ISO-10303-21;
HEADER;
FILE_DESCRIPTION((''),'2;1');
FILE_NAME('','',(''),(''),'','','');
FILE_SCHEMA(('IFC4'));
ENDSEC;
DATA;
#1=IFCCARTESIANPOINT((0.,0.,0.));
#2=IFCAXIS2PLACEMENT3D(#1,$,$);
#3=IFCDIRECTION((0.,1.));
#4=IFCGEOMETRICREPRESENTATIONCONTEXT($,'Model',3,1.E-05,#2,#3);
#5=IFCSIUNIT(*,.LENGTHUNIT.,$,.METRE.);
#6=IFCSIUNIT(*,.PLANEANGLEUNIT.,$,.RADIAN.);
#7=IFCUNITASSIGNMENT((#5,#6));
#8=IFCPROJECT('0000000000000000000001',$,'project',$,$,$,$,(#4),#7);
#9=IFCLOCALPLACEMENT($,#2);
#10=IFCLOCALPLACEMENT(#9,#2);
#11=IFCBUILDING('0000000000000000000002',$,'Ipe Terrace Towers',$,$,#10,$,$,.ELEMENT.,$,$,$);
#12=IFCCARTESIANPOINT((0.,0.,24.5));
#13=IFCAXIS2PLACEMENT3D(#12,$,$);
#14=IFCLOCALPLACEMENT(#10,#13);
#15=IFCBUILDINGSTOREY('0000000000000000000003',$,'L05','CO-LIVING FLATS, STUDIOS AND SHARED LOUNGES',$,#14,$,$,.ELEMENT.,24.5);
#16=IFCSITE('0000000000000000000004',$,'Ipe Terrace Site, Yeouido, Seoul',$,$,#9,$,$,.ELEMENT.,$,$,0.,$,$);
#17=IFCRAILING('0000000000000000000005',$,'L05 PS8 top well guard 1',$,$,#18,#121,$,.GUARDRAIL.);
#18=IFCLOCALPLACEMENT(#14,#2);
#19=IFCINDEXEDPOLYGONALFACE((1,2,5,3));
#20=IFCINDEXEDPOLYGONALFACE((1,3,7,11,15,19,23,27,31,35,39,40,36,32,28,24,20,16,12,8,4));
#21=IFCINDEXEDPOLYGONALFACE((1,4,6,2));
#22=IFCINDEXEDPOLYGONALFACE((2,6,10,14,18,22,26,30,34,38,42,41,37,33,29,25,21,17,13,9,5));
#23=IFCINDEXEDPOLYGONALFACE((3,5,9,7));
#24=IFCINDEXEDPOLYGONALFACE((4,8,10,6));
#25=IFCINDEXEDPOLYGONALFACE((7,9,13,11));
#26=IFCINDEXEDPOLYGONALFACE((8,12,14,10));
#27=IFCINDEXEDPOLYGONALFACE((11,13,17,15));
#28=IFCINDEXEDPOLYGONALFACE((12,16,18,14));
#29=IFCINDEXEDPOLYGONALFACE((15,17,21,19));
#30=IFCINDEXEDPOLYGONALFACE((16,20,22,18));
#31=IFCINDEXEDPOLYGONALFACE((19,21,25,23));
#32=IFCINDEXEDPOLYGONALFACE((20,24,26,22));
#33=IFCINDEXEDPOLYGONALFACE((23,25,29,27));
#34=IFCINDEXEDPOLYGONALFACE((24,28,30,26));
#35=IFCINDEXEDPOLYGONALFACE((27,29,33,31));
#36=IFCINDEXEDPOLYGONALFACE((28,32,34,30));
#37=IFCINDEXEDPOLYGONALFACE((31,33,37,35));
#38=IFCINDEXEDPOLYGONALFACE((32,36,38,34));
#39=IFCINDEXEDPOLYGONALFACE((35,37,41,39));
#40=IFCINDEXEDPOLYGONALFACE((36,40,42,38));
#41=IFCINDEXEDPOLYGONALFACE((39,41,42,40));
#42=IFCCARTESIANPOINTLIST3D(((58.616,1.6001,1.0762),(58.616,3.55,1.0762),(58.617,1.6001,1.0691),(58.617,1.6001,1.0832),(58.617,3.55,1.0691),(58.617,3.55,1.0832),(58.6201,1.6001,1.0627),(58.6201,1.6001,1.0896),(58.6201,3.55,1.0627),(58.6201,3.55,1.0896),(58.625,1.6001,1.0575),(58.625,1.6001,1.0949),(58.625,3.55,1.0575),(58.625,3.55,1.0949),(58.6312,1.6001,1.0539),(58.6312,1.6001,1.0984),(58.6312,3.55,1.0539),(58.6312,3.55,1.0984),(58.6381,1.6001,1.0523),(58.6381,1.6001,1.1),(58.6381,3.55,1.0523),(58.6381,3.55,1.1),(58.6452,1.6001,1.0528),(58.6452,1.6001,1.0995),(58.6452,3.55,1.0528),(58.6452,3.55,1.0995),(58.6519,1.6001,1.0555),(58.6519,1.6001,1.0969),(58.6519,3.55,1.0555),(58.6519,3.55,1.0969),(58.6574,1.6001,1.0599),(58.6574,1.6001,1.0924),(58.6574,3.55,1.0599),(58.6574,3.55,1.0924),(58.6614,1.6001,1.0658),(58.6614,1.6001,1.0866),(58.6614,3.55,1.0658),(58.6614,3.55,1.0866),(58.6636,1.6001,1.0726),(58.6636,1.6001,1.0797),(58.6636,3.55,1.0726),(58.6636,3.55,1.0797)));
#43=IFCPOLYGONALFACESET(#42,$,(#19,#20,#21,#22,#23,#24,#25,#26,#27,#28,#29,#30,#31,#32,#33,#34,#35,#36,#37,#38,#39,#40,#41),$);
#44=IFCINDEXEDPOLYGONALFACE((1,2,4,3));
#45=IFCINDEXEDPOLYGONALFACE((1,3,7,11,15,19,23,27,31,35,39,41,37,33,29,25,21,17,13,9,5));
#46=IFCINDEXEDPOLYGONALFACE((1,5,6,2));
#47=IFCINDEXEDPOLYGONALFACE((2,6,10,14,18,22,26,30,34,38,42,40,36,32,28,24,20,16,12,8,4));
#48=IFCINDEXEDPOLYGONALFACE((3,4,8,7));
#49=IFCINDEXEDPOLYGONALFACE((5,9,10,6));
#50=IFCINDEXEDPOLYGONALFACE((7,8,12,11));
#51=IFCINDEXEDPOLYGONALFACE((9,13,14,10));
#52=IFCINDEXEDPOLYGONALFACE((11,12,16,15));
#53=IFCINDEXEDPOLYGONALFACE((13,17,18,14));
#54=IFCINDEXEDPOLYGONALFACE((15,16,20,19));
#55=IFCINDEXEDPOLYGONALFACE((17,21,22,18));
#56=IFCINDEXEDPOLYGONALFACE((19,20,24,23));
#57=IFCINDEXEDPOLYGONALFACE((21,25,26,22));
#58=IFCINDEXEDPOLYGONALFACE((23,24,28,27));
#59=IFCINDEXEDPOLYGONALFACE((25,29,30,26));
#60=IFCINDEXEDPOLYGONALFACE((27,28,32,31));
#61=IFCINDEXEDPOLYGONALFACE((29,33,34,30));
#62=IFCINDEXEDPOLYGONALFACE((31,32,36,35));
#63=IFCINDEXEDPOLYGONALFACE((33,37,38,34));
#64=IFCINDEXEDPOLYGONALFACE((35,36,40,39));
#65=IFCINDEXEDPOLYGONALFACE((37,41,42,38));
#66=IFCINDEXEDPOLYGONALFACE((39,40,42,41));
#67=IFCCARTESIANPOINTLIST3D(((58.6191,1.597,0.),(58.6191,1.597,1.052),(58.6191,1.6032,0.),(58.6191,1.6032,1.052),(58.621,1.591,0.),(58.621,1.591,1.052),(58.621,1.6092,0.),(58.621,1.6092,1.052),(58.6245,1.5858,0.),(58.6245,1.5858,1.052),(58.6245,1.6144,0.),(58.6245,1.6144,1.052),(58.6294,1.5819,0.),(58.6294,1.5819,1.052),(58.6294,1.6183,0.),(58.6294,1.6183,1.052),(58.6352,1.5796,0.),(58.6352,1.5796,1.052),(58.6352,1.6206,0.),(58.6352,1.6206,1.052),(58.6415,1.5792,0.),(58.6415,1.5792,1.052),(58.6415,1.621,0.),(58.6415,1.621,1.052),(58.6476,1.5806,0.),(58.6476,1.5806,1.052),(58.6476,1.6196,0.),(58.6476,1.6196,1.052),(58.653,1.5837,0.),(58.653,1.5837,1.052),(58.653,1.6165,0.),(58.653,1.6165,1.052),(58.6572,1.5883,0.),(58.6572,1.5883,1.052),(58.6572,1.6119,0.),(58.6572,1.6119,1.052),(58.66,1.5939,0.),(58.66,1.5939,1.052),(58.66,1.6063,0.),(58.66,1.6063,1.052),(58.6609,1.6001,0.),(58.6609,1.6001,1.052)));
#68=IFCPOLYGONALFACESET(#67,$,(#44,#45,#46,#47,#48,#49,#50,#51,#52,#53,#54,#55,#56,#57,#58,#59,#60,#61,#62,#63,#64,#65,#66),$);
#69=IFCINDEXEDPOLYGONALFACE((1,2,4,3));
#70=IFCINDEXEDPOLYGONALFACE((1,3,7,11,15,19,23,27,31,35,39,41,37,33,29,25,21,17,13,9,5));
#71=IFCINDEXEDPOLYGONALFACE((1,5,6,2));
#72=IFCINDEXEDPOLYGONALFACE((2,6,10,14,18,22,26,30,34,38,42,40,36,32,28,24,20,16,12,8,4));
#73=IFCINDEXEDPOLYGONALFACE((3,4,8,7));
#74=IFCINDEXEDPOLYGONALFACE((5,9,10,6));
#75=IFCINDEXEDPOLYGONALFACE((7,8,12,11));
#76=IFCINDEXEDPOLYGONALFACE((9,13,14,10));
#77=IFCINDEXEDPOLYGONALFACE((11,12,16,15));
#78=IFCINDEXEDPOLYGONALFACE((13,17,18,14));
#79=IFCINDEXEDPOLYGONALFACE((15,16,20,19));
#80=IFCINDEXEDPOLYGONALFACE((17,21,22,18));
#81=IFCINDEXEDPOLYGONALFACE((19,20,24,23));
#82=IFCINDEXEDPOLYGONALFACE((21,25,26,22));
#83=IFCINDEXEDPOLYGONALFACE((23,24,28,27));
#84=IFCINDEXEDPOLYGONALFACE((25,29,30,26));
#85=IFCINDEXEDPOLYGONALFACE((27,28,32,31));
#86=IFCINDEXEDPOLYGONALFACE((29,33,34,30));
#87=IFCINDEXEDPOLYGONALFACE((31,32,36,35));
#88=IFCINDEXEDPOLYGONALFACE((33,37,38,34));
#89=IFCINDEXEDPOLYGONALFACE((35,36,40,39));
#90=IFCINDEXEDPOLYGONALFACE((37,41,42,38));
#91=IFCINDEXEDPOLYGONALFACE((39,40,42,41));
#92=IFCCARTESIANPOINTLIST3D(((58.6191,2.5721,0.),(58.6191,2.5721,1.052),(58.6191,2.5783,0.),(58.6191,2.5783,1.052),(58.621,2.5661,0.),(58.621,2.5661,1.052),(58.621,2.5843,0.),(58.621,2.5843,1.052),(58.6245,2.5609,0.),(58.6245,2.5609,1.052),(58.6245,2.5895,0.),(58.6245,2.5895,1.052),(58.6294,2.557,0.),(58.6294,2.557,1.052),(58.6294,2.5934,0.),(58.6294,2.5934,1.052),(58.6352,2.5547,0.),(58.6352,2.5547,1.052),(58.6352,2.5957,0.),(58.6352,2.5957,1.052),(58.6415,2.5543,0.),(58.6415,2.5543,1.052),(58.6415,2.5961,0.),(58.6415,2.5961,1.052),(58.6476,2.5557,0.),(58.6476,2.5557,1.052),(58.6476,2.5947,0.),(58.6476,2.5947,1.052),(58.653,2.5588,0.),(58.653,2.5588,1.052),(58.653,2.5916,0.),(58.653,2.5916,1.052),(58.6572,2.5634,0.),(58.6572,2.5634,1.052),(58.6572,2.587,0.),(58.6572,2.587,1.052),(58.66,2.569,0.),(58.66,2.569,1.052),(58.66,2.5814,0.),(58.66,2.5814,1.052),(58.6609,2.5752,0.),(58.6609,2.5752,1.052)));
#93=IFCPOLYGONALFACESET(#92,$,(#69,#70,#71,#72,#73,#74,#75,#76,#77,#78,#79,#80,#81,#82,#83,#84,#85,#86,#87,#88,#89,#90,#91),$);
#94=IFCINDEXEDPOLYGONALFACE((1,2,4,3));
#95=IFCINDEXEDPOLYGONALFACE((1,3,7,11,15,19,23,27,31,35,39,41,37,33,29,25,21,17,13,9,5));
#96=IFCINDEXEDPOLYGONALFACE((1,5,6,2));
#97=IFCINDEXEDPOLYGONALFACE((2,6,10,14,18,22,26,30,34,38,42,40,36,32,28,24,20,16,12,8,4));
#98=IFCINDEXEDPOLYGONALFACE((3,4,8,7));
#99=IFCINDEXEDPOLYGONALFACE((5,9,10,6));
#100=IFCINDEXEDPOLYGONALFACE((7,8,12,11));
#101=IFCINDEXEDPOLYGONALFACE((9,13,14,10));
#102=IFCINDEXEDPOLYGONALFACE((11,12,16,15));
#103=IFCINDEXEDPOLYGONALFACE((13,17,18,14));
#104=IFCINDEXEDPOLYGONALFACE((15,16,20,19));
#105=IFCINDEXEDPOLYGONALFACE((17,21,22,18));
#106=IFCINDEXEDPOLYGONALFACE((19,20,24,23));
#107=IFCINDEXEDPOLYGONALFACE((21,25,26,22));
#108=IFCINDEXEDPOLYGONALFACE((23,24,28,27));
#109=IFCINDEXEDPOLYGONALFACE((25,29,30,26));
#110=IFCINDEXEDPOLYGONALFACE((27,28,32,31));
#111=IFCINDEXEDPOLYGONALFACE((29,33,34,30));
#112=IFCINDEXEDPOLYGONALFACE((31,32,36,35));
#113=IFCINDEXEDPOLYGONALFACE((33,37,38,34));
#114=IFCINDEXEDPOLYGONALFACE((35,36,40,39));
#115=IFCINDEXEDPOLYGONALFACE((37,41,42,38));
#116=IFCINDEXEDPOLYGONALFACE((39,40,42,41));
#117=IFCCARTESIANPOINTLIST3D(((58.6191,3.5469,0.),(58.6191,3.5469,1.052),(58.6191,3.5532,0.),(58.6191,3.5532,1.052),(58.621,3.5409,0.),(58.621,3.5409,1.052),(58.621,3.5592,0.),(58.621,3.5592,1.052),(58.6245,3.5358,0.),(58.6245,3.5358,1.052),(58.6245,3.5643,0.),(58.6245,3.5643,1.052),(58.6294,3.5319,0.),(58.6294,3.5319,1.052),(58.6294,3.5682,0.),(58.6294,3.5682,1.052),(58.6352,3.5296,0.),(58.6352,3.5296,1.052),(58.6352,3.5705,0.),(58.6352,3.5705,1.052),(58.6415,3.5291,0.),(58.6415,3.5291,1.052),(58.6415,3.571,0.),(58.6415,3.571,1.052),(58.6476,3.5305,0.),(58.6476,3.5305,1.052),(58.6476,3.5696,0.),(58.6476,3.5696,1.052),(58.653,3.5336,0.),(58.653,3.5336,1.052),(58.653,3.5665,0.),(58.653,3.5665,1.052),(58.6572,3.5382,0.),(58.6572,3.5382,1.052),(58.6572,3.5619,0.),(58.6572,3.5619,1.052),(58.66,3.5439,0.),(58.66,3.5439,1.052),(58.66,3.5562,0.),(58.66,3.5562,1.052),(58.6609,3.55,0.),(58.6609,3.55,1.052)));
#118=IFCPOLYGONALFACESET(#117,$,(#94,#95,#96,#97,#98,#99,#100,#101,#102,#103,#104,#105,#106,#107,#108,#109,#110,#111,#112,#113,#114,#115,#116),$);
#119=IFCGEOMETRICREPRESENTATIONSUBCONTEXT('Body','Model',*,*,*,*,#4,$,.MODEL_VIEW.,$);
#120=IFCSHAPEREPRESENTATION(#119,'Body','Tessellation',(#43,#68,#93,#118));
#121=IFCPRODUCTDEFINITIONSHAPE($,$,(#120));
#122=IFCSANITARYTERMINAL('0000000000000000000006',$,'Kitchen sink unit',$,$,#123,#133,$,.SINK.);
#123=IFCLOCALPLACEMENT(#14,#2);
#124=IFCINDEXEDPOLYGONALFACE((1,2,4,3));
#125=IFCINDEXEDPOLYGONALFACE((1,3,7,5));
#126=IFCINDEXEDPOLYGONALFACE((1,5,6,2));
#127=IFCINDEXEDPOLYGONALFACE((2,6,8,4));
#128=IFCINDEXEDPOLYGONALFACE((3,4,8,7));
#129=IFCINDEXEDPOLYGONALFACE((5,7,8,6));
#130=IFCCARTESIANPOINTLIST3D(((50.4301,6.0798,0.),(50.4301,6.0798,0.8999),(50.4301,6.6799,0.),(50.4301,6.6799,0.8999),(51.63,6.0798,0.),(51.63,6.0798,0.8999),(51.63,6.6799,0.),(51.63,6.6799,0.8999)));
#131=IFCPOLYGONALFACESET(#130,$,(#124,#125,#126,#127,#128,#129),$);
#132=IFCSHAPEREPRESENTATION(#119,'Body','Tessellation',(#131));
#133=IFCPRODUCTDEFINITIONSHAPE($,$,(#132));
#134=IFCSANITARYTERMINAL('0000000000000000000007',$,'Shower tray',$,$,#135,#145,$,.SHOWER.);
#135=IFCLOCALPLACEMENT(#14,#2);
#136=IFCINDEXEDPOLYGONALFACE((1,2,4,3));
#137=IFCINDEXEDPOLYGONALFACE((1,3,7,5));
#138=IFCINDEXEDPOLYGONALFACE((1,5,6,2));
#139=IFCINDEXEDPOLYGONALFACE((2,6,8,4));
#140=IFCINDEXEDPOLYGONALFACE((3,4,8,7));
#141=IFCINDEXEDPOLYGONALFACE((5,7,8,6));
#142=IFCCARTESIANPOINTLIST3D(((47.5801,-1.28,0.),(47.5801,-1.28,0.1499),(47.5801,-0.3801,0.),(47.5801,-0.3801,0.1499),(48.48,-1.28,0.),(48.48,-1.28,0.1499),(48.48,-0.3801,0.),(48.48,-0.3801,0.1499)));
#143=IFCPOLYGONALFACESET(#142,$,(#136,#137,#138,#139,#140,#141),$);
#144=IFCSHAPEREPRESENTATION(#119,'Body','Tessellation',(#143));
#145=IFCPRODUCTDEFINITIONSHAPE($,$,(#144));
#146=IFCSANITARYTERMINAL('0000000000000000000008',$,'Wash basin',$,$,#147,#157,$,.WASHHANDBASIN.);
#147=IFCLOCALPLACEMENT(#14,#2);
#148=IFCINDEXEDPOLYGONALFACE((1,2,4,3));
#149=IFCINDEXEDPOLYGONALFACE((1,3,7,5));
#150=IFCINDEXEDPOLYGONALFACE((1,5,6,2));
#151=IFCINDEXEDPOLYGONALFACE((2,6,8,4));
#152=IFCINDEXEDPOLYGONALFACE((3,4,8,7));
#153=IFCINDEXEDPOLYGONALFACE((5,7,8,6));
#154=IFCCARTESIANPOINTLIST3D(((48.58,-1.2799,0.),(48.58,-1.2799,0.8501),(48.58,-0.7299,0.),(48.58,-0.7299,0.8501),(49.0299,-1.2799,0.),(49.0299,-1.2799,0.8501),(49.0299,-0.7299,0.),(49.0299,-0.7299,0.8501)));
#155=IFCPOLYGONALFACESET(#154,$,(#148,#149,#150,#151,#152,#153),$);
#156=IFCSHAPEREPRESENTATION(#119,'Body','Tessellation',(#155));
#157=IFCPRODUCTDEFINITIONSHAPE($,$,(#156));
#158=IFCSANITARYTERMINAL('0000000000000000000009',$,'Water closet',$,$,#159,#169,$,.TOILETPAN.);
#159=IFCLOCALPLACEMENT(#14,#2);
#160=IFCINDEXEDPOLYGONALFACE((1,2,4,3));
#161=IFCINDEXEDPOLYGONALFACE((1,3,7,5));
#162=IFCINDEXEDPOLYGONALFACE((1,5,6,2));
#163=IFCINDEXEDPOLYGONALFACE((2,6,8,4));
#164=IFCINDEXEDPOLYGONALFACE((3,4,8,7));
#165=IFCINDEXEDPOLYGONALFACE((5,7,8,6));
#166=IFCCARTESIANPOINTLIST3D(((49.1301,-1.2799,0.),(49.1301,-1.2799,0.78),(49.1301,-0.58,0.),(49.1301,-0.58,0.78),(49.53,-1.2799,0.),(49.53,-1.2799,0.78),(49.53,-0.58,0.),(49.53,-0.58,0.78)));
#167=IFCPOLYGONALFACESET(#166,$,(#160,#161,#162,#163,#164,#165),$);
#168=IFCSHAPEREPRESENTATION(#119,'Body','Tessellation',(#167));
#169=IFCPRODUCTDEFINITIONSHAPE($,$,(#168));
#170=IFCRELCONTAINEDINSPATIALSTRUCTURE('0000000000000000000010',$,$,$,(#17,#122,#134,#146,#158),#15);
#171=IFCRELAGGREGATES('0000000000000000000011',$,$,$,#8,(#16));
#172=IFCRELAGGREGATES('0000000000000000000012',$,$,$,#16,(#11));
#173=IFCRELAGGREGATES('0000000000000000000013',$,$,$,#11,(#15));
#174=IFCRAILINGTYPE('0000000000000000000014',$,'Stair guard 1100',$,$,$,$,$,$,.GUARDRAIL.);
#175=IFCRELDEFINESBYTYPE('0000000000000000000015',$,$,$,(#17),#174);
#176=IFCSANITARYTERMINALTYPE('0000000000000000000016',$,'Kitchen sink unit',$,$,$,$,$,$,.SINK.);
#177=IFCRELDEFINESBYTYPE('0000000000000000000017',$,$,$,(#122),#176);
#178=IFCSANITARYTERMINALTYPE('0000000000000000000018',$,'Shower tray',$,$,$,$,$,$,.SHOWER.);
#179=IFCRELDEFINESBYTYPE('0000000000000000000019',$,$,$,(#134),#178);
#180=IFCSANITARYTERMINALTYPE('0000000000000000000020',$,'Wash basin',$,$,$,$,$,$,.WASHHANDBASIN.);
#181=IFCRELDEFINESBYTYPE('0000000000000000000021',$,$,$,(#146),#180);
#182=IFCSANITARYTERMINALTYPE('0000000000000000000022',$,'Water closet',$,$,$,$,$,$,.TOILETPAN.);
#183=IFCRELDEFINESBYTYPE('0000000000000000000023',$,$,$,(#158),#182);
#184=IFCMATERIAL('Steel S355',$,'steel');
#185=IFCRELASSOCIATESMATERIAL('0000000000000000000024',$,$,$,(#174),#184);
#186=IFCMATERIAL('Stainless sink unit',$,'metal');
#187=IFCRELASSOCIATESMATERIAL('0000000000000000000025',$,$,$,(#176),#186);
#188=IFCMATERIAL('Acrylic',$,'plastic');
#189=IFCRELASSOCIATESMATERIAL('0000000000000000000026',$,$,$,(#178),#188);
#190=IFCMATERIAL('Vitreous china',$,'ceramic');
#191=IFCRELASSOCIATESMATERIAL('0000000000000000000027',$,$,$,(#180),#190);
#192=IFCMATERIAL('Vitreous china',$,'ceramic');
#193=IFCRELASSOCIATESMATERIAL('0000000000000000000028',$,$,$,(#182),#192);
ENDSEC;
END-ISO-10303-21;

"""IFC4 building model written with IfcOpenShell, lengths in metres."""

from ifc_helpers import new_model, si_unit, direction, frame, origin, origin_2d, place, context, subcontext, project, spatial, rectangle, circle, extrude, material, type_object, element, save


model = new_model("IFC4")

# Units and contexts
model_context = context("Model", 3, precision=1e-05, world=origin(), true_north=direction((0.0, 1.0)))
body_context = subcontext(model_context, "Body", "Model", "MODEL_VIEW")
ifc_project = project(units=[si_unit("LENGTHUNIT", "METRE"), si_unit("PLANEANGLEUNIT", "RADIAN")], contexts=[model_context])

# Site, building, storey
site_placement = place(None, origin())
site = spatial("IfcSite", under=ifc_project, at=site_placement, Name="Ipe Terrace Site, Yeouido, Seoul", CompositionType="ELEMENT", RefElevation=0.0)
building_placement = place(site_placement, origin())
building = spatial("IfcBuilding", under=site, at=building_placement, Name="Ipe Terrace Towers", CompositionType="ELEMENT")
storey_placement = place(building_placement, frame((0.0, 0.0, 24.5)))
storey = spatial("IfcBuildingStorey", under=building, at=storey_placement, Name="L05", Description="CO-LIVING FLATS, STUDIOS AND SHARED LOUNGES", CompositionType="ELEMENT", Elevation=24.5)

# Railing
ifc_material_1 = material(Name="Steel S355", Category="steel")
railing_type = type_object("IfcRailingType", Name="Stair guard 1100", PredefinedType="GUARDRAIL", material=ifc_material_1)
railing_placement = place(storey_placement, frame((58.6399, 1.6001, 0.0)))
element("IfcRailing", 1, at=railing_placement, inside=storey, type_object=railing_type, Name="L05 PS8 top well guard 1", PredefinedType="GUARDRAIL", context=body_context, shape_type="SweptSolid", body=[
    extrude(circle(Radius=0.0239, at=origin_2d()), frame((0.0, 0.0, 1.0762), z_axis=(0.0, 1.0, 0.0), x_axis=(-1.0, 0.0, 0.0)), (0.0, 0.0, 1.0), 1.95),
    extrude(circle(Radius=0.021, at=origin_2d()), origin(), (0.0, 0.0, 1.0), 1.052),
    extrude(circle(Radius=0.021, at=origin_2d()), frame((0.0, 0.9751, 0.0)), (0.0, 0.0, 1.0), 1.052),
    extrude(circle(Radius=0.021, at=origin_2d()), frame((0.0, 1.95, 0.0)), (0.0, 0.0, 1.0), 1.052),
])

# Sanitary terminals
ifc_material_2 = material(Name="Stainless sink unit", Category="metal")
sanitary_terminal_type_1 = type_object("IfcSanitaryTerminalType", Name="Kitchen sink unit", PredefinedType="SINK", material=ifc_material_2)
sanitary_terminal_1_placement = place(storey_placement, frame((51.03, 6.3799, 0.0), z_axis=(0.0, 0.0, 1.0), x_axis=(1.0, 0.0, 0.0)))
element("IfcSanitaryTerminal", 2, at=sanitary_terminal_1_placement, inside=storey, type_object=sanitary_terminal_type_1, Name="Kitchen sink unit", PredefinedType="SINK", context=body_context, shape_type="SweptSolid", body=[
    extrude(rectangle(XDim=1.2, YDim=0.6001, at=origin_2d()), origin(), (0.0, 0.0, 1.0), 0.8999),
])
ifc_material_3 = material(Name="Acrylic", Category="plastic")
sanitary_terminal_type_2 = type_object("IfcSanitaryTerminalType", Name="Shower tray", PredefinedType="SHOWER", material=ifc_material_3)
sanitary_terminal_2_placement = place(storey_placement, frame((48.03, -0.8301, 0.0), z_axis=(0.0, 0.0, 1.0), x_axis=(0.0, 1.0, 0.0)))
element("IfcSanitaryTerminal", 3, at=sanitary_terminal_2_placement, inside=storey, type_object=sanitary_terminal_type_2, Name="Shower tray", PredefinedType="SHOWER", context=body_context, shape_type="SweptSolid", body=[
    extrude(rectangle(XDim=0.8999, YDim=0.8999, at=origin_2d()), origin(), (0.0, 0.0, 1.0), 0.1499),
])
ifc_material_4 = material(Name="Vitreous china", Category="ceramic")
sanitary_terminal_type_3 = type_object("IfcSanitaryTerminalType", Name="Wash basin", PredefinedType="WASHHANDBASIN", material=ifc_material_4)
sanitary_terminal_3_placement = place(storey_placement, frame((48.8049, -1.0049, 0.0), z_axis=(0.0, 0.0, 1.0), x_axis=(0.0, 1.0, 0.0)))
element("IfcSanitaryTerminal", 4, at=sanitary_terminal_3_placement, inside=storey, type_object=sanitary_terminal_type_3, Name="Wash basin", PredefinedType="WASHHANDBASIN", context=body_context, shape_type="SweptSolid", body=[
    extrude(rectangle(XDim=0.55, YDim=0.45, at=origin_2d()), origin(), (0.0, 0.0, 1.0), 0.8501),
])
ifc_material_5 = material(Name="Vitreous china", Category="ceramic")
sanitary_terminal_type_4 = type_object("IfcSanitaryTerminalType", Name="Water closet", PredefinedType="TOILETPAN", material=ifc_material_5)
sanitary_terminal_4_placement = place(storey_placement, frame((49.3301, -0.9299, 0.0), z_axis=(0.0, 0.0, 1.0), x_axis=(0.0, 1.0, 0.0)))
element("IfcSanitaryTerminal", 5, at=sanitary_terminal_4_placement, inside=storey, type_object=sanitary_terminal_type_4, Name="Water closet", PredefinedType="TOILETPAN", context=body_context, shape_type="SweptSolid", body=[
    extrude(rectangle(XDim=0.7, YDim=0.3999, at=origin_2d()), origin(), (0.0, 0.0, 1.0), 0.78),
])

save(model, "model.ifc")
